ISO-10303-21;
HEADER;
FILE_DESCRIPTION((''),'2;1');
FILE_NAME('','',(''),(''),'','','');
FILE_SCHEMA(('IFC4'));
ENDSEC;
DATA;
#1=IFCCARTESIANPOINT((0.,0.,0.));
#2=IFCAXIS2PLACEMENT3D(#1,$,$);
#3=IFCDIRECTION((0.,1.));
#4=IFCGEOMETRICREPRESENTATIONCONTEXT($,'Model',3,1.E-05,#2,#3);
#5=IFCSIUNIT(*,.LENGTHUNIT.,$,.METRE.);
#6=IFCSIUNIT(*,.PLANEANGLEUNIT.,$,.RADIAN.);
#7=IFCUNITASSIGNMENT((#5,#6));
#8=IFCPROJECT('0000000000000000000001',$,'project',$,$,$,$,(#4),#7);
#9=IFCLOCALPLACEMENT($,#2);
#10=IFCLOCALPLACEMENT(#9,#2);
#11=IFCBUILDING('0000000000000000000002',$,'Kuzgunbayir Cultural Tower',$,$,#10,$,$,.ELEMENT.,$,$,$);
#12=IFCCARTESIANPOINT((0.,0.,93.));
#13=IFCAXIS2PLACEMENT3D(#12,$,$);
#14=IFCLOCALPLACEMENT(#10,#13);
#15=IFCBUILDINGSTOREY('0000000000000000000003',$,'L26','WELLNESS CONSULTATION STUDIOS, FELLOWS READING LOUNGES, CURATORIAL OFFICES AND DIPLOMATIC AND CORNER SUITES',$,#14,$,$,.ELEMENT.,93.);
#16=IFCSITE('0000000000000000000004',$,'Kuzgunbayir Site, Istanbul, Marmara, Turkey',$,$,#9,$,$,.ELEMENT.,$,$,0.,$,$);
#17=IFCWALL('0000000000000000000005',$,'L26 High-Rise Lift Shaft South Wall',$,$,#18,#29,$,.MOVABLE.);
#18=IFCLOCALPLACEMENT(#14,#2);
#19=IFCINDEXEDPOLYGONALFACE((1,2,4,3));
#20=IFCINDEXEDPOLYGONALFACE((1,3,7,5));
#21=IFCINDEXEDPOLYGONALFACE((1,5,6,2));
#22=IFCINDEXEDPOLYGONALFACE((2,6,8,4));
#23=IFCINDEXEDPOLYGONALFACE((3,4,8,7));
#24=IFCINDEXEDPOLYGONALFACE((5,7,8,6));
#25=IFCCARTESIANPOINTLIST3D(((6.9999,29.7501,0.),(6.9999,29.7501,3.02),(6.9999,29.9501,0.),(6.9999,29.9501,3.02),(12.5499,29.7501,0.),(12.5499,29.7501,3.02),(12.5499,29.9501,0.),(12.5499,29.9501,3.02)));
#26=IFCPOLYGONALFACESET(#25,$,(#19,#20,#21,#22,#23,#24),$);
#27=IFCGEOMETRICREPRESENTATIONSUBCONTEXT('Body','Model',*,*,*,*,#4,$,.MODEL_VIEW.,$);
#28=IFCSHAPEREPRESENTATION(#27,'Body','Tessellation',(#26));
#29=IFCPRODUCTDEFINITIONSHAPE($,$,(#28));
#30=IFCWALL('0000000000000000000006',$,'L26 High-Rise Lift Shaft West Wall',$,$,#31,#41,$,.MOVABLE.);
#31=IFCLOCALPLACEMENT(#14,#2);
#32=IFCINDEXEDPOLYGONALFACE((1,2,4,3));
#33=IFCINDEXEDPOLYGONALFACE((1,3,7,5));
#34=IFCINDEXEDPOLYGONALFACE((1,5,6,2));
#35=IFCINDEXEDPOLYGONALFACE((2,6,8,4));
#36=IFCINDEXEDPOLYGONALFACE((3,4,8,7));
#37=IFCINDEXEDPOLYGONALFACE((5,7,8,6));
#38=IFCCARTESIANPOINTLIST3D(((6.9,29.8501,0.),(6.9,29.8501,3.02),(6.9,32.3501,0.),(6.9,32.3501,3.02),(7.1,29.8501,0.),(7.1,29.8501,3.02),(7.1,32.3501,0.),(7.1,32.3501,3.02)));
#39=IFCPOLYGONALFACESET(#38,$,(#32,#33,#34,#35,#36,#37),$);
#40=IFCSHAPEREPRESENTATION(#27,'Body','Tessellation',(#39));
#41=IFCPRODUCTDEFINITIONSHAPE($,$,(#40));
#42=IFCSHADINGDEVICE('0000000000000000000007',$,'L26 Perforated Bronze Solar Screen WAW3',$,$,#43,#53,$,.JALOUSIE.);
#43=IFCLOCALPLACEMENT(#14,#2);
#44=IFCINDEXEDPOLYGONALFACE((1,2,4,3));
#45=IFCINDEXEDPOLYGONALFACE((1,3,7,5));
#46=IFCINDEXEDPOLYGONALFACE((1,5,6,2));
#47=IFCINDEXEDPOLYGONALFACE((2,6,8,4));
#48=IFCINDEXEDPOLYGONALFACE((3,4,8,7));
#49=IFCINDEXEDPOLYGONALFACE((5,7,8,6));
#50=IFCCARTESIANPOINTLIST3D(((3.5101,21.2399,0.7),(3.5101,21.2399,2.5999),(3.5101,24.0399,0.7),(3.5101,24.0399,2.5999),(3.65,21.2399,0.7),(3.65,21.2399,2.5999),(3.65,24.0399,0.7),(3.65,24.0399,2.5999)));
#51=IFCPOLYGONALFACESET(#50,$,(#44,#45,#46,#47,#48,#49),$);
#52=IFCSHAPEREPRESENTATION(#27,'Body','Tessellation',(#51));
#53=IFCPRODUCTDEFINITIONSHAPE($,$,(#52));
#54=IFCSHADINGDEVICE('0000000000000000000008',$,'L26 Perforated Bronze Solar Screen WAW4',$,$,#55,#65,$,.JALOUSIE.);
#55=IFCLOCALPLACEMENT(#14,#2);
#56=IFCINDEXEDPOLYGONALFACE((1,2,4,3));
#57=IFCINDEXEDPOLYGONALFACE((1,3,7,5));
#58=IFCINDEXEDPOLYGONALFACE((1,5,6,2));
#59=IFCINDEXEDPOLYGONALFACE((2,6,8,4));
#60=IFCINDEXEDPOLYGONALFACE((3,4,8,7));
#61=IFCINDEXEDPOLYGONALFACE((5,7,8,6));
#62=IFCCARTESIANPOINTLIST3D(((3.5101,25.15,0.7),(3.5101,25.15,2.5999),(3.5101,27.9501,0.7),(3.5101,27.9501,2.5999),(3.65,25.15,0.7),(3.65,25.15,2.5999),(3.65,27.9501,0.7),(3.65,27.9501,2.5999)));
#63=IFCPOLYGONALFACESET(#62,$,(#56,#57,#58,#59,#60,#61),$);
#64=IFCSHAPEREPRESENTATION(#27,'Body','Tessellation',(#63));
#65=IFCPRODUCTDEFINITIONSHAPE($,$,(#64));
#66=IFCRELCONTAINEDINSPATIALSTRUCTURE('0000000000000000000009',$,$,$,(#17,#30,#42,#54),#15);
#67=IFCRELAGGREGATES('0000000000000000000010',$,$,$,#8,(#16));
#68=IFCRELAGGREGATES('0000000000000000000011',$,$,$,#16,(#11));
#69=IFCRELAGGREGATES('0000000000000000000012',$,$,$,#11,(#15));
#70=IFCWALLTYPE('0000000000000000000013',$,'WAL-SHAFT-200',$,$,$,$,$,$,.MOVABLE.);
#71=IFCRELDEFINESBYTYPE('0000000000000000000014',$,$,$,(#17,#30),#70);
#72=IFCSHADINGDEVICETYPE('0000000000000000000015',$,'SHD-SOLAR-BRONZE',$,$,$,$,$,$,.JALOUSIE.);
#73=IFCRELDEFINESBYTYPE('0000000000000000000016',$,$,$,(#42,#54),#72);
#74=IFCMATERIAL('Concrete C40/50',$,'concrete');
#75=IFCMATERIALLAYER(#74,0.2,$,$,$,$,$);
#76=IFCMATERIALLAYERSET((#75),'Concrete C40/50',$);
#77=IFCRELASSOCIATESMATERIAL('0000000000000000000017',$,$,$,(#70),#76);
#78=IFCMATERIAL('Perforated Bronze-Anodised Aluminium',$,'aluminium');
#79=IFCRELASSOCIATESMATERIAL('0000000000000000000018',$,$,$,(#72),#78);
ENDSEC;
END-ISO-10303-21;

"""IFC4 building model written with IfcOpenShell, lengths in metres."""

from ifc_helpers import new_model, si_unit, direction, frame, frame_2d, origin, origin_2d, place, context, subcontext, project, spatial, rectangle, extrude, material, layer, layer_set, type_object, element, save


model = new_model("IFC4")

# Units and contexts
model_context = context("Model", 3, precision=1e-05, world=origin(), true_north=direction((0.0, 1.0)))
body_context = subcontext(model_context, "Body", "Model", "MODEL_VIEW")
ifc_project = project(units=[si_unit("LENGTHUNIT", "METRE"), si_unit("PLANEANGLEUNIT", "RADIAN")], contexts=[model_context])

# Site, building, storey
site_placement = place(None, origin())
site = spatial("IfcSite", under=ifc_project, at=site_placement, Name="Kuzgunbayir Site, Istanbul, Marmara, Turkey", CompositionType="ELEMENT", RefElevation=0.0)
building_placement = place(site_placement, origin())
building = spatial("IfcBuilding", under=site, at=building_placement, Name="Kuzgunbayir Cultural Tower", CompositionType="ELEMENT")
storey_placement = place(building_placement, frame((0.0, 0.0, 93.0)))
storey = spatial("IfcBuildingStorey", under=building, at=storey_placement, Name="L26", Description="WELLNESS CONSULTATION STUDIOS, FELLOWS READING LOUNGES, CURATORIAL OFFICES AND DIPLOMATIC AND CORNER SUITES", CompositionType="ELEMENT", Elevation=93.0)

# Walls
ifc_material_1 = material(Name="Concrete C40/50", Category="concrete")
ifc_layer_1 = layer(ifc_material_1, 0.2)
ifc_layer_set_1 = layer_set([ifc_layer_1], Name="Concrete C40/50")
wall_type_1 = type_object("IfcWallType", Name="WAL-SHAFT-200", PredefinedType="MOVABLE", material=ifc_layer_set_1)
wall_1_placement = place(storey_placement, frame((7.0, 29.8501, 0.0), z_axis=(0.0, 0.0, 1.0), x_axis=(1.0, 0.0, 0.0)))
element("IfcWall", 1, at=wall_1_placement, inside=storey, type_object=wall_type_1, Name="L26 High-Rise Lift Shaft South Wall", PredefinedType="MOVABLE", context=body_context, shape_type="SweptSolid", body=[
    extrude(rectangle(XDim=5.55, YDim=0.2, at=frame_2d((2.7749, 0.0))), origin(), (0.0, 0.0, 1.0), 3.02),
])
wall_2_placement = place(storey_placement, frame((7.0, 29.8501, 0.0), z_axis=(0.0, 0.0, 1.0), x_axis=(0.0, 1.0, 0.0)))
element("IfcWall", 2, at=wall_2_placement, inside=storey, type_object=wall_type_1, Name="L26 High-Rise Lift Shaft West Wall", PredefinedType="MOVABLE", context=body_context, shape_type="SweptSolid", body=[
    extrude(rectangle(XDim=2.5, YDim=0.2, at=frame_2d((1.25, 0.0))), origin(), (0.0, 0.0, 1.0), 3.02),
])

# Shading devices
ifc_material_2 = material(Name="Perforated Bronze-Anodised Aluminium", Category="aluminium")
shading_device_type = type_object("IfcShadingDeviceType", Name="SHD-SOLAR-BRONZE", PredefinedType="JALOUSIE", material=ifc_material_2)
for number, where, z_axis, x_axis, name in (
    (3, (3.5801, 22.6399, 0.7), (0.0, 0.0, 1.0), (1.0, 0.0, 0.0), "L26 Perforated Bronze Solar Screen WAW3"),
    (4, (3.5801, 26.55, 0.7), (0.0, 0.0, 1.0), (1.0, 0.0, 0.0), "L26 Perforated Bronze Solar Screen WAW4"),
):
    element("IfcShadingDevice", number, at=place(storey_placement, frame(where, z_axis=z_axis, x_axis=x_axis)), inside=storey, type_object=shading_device_type, Name=name, PredefinedType="JALOUSIE", context=body_context, shape_type="SweptSolid", body=[
        extrude(rectangle(XDim=0.1399, YDim=2.8, at=origin_2d()), origin(), (0.0, 0.0, 1.0), 1.8999),
    ])

save(model, "model.ifc")
